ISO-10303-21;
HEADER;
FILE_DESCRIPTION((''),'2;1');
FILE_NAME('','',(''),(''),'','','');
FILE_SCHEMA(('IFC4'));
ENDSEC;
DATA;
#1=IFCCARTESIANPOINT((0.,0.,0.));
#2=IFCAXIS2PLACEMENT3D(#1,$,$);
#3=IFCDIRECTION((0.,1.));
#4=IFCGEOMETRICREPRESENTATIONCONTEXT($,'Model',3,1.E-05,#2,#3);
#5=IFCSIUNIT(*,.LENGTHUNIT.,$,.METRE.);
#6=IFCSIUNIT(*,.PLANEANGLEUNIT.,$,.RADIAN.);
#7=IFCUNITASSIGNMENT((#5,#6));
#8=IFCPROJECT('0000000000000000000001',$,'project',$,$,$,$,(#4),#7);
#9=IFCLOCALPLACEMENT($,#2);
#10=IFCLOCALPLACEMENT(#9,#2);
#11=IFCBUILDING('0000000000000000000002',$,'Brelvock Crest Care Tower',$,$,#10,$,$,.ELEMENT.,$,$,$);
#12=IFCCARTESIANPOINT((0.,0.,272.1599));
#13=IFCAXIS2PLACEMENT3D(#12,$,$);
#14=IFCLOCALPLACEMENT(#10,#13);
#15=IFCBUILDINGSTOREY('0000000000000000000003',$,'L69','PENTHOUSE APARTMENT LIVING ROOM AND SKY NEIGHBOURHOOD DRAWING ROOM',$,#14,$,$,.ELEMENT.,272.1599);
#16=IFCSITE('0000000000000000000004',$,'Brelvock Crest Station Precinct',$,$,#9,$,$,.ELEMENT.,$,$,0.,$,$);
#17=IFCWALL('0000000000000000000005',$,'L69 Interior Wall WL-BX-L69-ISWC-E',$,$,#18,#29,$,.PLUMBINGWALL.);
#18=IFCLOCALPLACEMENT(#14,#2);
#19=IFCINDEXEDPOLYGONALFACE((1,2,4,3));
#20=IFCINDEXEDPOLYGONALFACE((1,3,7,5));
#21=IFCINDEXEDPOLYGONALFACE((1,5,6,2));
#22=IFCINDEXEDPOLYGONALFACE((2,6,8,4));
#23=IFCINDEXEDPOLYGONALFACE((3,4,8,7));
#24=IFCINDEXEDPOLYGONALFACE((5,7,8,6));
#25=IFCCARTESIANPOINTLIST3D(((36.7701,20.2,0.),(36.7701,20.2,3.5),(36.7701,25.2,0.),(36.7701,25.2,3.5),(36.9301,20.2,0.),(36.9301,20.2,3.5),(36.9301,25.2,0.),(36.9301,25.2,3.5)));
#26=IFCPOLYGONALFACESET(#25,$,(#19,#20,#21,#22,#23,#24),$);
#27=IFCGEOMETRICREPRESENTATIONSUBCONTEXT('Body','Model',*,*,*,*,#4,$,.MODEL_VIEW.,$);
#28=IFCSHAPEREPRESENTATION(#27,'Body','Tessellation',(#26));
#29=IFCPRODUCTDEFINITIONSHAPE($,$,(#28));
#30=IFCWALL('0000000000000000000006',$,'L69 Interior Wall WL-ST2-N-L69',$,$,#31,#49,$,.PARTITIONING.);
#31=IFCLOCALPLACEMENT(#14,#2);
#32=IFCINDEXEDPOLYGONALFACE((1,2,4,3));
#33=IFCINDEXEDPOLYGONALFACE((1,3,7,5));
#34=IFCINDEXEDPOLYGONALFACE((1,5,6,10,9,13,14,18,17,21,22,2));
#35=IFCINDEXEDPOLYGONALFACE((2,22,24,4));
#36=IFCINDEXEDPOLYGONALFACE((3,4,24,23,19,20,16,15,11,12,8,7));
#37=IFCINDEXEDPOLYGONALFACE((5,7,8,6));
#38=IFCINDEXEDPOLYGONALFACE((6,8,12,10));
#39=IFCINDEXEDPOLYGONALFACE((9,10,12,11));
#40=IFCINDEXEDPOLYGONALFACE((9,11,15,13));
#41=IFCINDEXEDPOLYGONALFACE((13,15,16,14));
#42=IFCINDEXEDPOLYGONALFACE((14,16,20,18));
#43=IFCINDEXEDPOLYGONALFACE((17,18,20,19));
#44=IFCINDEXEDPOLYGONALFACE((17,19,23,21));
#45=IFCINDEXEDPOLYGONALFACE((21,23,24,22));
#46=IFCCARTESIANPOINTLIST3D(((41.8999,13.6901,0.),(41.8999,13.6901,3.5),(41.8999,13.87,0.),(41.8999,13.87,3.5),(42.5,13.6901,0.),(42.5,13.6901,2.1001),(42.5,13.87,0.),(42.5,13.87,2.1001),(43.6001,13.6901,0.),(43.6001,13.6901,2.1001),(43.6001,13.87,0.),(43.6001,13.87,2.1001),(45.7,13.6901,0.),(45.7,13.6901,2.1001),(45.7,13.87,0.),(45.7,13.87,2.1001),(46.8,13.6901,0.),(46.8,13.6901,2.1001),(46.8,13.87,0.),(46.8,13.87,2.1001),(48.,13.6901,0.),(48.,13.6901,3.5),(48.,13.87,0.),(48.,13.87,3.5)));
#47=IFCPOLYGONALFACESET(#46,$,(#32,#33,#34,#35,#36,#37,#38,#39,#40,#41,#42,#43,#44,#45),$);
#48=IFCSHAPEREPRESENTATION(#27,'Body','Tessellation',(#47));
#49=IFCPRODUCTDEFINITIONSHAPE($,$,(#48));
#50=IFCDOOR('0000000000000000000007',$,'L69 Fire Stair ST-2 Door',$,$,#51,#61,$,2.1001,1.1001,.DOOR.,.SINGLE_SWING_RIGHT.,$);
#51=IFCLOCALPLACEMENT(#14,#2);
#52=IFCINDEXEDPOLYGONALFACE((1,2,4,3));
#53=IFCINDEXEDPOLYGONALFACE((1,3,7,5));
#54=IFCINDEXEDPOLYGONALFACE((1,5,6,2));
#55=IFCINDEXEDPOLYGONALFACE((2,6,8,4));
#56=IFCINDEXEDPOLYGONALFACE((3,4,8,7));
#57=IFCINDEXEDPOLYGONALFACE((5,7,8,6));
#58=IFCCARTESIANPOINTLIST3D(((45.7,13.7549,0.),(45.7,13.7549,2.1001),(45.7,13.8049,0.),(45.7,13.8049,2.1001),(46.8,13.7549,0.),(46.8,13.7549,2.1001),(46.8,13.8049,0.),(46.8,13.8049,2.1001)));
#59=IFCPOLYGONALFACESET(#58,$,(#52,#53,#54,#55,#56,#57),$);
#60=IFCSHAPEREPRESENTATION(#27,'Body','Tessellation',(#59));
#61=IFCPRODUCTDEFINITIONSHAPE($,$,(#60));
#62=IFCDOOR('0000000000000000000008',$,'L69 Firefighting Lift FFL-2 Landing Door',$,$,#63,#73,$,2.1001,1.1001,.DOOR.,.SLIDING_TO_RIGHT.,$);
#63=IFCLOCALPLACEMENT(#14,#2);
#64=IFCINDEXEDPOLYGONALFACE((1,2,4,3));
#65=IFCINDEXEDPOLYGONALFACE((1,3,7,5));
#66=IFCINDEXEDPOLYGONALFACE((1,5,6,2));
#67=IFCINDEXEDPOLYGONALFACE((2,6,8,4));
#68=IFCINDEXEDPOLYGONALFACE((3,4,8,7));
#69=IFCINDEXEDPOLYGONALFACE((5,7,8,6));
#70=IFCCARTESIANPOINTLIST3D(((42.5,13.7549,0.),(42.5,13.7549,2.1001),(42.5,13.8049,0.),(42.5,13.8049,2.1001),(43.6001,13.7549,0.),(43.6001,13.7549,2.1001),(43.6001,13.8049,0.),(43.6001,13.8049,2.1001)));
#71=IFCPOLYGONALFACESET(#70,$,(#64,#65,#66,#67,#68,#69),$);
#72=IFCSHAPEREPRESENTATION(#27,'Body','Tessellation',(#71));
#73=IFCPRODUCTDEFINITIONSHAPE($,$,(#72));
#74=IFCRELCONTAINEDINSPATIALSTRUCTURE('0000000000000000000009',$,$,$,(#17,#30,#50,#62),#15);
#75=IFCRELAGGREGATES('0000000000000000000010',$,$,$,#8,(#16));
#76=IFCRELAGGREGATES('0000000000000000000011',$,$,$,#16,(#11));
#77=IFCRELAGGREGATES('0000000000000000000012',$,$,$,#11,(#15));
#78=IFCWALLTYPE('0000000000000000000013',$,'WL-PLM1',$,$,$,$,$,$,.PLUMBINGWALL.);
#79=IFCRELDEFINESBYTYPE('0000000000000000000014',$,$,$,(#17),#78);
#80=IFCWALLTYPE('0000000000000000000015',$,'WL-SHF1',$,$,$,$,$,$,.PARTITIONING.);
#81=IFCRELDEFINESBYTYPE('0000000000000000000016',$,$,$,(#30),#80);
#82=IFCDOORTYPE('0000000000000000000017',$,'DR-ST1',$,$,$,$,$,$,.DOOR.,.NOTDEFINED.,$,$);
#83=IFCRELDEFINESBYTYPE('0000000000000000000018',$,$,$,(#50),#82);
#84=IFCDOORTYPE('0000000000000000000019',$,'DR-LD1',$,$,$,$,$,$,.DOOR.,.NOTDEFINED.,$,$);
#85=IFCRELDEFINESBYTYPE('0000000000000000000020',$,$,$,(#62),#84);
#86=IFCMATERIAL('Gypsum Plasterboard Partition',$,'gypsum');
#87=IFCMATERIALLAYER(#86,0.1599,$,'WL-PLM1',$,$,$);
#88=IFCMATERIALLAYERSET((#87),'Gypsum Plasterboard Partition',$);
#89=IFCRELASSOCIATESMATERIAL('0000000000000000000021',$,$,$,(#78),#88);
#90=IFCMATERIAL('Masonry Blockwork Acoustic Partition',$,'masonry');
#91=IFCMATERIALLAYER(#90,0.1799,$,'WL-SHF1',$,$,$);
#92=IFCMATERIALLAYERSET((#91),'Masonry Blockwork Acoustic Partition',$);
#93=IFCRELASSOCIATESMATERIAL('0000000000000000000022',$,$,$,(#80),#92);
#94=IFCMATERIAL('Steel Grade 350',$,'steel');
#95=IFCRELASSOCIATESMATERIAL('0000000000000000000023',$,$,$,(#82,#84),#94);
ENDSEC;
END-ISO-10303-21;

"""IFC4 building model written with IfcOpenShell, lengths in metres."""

from ifc_helpers import new_model, si_unit, direction, frame, frame_2d, origin, origin_2d, place, context, subcontext, project, spatial, rectangle, extrude, source, transform, mapped, material, layer, layer_set, type_object, element, fill, save


model = new_model("IFC4")

# Units and contexts
model_context = context("Model", 3, precision=1e-05, world=origin(), true_north=direction((0.0, 1.0)))
body_context = subcontext(model_context, "Body", "Model", "MODEL_VIEW")
ifc_project = project(units=[si_unit("LENGTHUNIT", "METRE"), si_unit("PLANEANGLEUNIT", "RADIAN")], contexts=[model_context])

# Site, building, storey
site_placement = place(None, origin())
site = spatial("IfcSite", under=ifc_project, at=site_placement, Name="Brelvock Crest Station Precinct", CompositionType="ELEMENT", RefElevation=0.0)
building_placement = place(site_placement, origin())
building = spatial("IfcBuilding", under=site, at=building_placement, Name="Brelvock Crest Care Tower", CompositionType="ELEMENT")
storey_placement = place(building_placement, frame((0.0, 0.0, 272.1599)))
storey = spatial("IfcBuildingStorey", under=building, at=storey_placement, Name="L69", Description="PENTHOUSE APARTMENT LIVING ROOM AND SKY NEIGHBOURHOOD DRAWING ROOM", CompositionType="ELEMENT", Elevation=272.1599)

# Shared definitions
ifc_material_1 = material(Name="Steel Grade 350", Category="steel")

# Shared definitions
ifc_material_2 = material(Name="Masonry Blockwork Acoustic Partition", Category="masonry")

# Shared definitions
ifc_material_3 = material(Name="Gypsum Plasterboard Partition", Category="gypsum")
ifc_layer_1 = layer(ifc_material_3, 0.1599, Name="WL-PLM1")
ifc_layer_set_1 = layer_set([ifc_layer_1], Name="Gypsum Plasterboard Partition")
wall_type_1 = type_object("IfcWallType", Name="WL-PLM1", PredefinedType="PLUMBINGWALL", material=ifc_layer_set_1)

# Wall
wall_1_placement = place(storey_placement, frame((36.8501, 20.2, 0.0), z_axis=(0.0, 0.0, 1.0), x_axis=(0.0, 1.0, 0.0)))
element("IfcWall", 1, at=wall_1_placement, inside=storey, type_object=wall_type_1, Name="L69 Interior Wall WL-BX-L69-ISWC-E", PredefinedType="PLUMBINGWALL", context=body_context, shape_type="SweptSolid", body=[
    extrude(rectangle(XDim=5.0, YDim=0.1599, at=frame_2d((2.5, 0.0))), origin(), (0.0, 0.0, 1.0), 3.5),
])

# Wall, openings, doors
ifc_layer_2 = layer(ifc_material_2, 0.1799, Name="WL-SHF1")
ifc_layer_set_2 = layer_set([ifc_layer_2], Name="Masonry Blockwork Acoustic Partition")
wall_type_2 = type_object("IfcWallType", Name="WL-SHF1", PredefinedType="PARTITIONING", material=ifc_layer_set_2)
wall_2_placement = place(storey_placement, frame((41.8999, 13.78, 0.0), z_axis=(0.0, 0.0, 1.0), x_axis=(1.0, 0.0, 0.0)))
wall_2 = element("IfcWall", 2, at=wall_2_placement, inside=storey, type_object=wall_type_2, Name="L69 Interior Wall WL-ST2-N-L69", PredefinedType="PARTITIONING", context=body_context, shape_type="SweptSolid", body=[
    extrude(rectangle(XDim=6.1001, YDim=0.1799, at=frame_2d((3.05, 0.0))), origin(), (0.0, 0.0, 1.0), 3.5),
])
opening_1_placement = place(wall_2_placement, frame((0.6001, 0.0, 0.0)))
opening_1 = element("IfcOpeningElement", 3, at=opening_1_placement, cuts=wall_2, PredefinedType="OPENING", context=body_context, shape_type="SweptSolid", body=[
    extrude(rectangle(XDim=1.1001, YDim=2.1001, at=origin_2d()), frame((0.55, 0.1001, 1.05), z_axis=(0.0, -1.0, 0.0), x_axis=(1.0, 0.0, 0.0)), (0.0, 0.0, 1.0), 0.2),
])
opening_2_placement = place(wall_2_placement, frame((3.8, 0.0, 0.0)))
opening_2 = element("IfcOpeningElement", 4, at=opening_2_placement, cuts=wall_2, PredefinedType="OPENING", context=body_context, shape_type="SweptSolid", body=[
    extrude(rectangle(XDim=1.1001, YDim=2.1001, at=origin_2d()), frame((0.55, 0.1001, 1.05), z_axis=(0.0, -1.0, 0.0), x_axis=(1.0, 0.0, 0.0)), (0.0, 0.0, 1.0), 0.2),
])
door_type_1 = type_object("IfcDoorType", Name="DR-ST1", OperationType="NOTDEFINED", PredefinedType="DOOR", material=ifc_material_1)
shared_shape_1 = source(origin(), body_context, "Body", "SweptSolid", [
    extrude(rectangle(XDim=1.1001, YDim=2.1001, at=origin_2d()), frame((0.55, 0.0249, 1.05), z_axis=(0.0, -1.0, 0.0), x_axis=(1.0, 0.0, 0.0)), (0.0, 0.0, 1.0), 0.05),
])
door_1_placement = place(opening_2_placement, origin())
door_1 = element("IfcDoor", 5, at=door_1_placement, inside=storey, type_object=door_type_1, Name="L69 Fire Stair ST-2 Door", OperationType="SINGLE_SWING_RIGHT", OverallHeight=2.1001, OverallWidth=1.1001, PredefinedType="DOOR", context=body_context, shape_type="MappedRepresentation", body=[
    mapped(shared_shape_1, transform((0.0, 0.0, 0.0), x_axis=(1.0, 0.0, 0.0), y_axis=(0.0, 1.0, 0.0), z_axis=(0.0, 0.0, 1.0), scale=1.0)),
])
fill(opening_2, door_1)
door_type_2 = type_object("IfcDoorType", Name="DR-LD1", OperationType="NOTDEFINED", PredefinedType="DOOR", material=ifc_material_1)
shared_shape_2 = source(origin(), body_context, "Body", "SweptSolid", [
    extrude(rectangle(XDim=1.1001, YDim=2.1001, at=origin_2d()), frame((0.55, 0.0249, 1.05), z_axis=(0.0, -1.0, 0.0), x_axis=(1.0, 0.0, 0.0)), (0.0, 0.0, 1.0), 0.05),
])
door_2_placement = place(opening_1_placement, origin())
door_2 = element("IfcDoor", 6, at=door_2_placement, inside=storey, type_object=door_type_2, Name="L69 Firefighting Lift FFL-2 Landing Door", OperationType="SLIDING_TO_RIGHT", OverallHeight=2.1001, OverallWidth=1.1001, PredefinedType="DOOR", context=body_context, shape_type="MappedRepresentation", body=[
    mapped(shared_shape_2, transform((0.0, 0.0, 0.0), x_axis=(1.0, 0.0, 0.0), y_axis=(0.0, 1.0, 0.0), z_axis=(0.0, 0.0, 1.0), scale=1.0)),
])
fill(opening_1, door_2)

save(model, "model.ifc")
